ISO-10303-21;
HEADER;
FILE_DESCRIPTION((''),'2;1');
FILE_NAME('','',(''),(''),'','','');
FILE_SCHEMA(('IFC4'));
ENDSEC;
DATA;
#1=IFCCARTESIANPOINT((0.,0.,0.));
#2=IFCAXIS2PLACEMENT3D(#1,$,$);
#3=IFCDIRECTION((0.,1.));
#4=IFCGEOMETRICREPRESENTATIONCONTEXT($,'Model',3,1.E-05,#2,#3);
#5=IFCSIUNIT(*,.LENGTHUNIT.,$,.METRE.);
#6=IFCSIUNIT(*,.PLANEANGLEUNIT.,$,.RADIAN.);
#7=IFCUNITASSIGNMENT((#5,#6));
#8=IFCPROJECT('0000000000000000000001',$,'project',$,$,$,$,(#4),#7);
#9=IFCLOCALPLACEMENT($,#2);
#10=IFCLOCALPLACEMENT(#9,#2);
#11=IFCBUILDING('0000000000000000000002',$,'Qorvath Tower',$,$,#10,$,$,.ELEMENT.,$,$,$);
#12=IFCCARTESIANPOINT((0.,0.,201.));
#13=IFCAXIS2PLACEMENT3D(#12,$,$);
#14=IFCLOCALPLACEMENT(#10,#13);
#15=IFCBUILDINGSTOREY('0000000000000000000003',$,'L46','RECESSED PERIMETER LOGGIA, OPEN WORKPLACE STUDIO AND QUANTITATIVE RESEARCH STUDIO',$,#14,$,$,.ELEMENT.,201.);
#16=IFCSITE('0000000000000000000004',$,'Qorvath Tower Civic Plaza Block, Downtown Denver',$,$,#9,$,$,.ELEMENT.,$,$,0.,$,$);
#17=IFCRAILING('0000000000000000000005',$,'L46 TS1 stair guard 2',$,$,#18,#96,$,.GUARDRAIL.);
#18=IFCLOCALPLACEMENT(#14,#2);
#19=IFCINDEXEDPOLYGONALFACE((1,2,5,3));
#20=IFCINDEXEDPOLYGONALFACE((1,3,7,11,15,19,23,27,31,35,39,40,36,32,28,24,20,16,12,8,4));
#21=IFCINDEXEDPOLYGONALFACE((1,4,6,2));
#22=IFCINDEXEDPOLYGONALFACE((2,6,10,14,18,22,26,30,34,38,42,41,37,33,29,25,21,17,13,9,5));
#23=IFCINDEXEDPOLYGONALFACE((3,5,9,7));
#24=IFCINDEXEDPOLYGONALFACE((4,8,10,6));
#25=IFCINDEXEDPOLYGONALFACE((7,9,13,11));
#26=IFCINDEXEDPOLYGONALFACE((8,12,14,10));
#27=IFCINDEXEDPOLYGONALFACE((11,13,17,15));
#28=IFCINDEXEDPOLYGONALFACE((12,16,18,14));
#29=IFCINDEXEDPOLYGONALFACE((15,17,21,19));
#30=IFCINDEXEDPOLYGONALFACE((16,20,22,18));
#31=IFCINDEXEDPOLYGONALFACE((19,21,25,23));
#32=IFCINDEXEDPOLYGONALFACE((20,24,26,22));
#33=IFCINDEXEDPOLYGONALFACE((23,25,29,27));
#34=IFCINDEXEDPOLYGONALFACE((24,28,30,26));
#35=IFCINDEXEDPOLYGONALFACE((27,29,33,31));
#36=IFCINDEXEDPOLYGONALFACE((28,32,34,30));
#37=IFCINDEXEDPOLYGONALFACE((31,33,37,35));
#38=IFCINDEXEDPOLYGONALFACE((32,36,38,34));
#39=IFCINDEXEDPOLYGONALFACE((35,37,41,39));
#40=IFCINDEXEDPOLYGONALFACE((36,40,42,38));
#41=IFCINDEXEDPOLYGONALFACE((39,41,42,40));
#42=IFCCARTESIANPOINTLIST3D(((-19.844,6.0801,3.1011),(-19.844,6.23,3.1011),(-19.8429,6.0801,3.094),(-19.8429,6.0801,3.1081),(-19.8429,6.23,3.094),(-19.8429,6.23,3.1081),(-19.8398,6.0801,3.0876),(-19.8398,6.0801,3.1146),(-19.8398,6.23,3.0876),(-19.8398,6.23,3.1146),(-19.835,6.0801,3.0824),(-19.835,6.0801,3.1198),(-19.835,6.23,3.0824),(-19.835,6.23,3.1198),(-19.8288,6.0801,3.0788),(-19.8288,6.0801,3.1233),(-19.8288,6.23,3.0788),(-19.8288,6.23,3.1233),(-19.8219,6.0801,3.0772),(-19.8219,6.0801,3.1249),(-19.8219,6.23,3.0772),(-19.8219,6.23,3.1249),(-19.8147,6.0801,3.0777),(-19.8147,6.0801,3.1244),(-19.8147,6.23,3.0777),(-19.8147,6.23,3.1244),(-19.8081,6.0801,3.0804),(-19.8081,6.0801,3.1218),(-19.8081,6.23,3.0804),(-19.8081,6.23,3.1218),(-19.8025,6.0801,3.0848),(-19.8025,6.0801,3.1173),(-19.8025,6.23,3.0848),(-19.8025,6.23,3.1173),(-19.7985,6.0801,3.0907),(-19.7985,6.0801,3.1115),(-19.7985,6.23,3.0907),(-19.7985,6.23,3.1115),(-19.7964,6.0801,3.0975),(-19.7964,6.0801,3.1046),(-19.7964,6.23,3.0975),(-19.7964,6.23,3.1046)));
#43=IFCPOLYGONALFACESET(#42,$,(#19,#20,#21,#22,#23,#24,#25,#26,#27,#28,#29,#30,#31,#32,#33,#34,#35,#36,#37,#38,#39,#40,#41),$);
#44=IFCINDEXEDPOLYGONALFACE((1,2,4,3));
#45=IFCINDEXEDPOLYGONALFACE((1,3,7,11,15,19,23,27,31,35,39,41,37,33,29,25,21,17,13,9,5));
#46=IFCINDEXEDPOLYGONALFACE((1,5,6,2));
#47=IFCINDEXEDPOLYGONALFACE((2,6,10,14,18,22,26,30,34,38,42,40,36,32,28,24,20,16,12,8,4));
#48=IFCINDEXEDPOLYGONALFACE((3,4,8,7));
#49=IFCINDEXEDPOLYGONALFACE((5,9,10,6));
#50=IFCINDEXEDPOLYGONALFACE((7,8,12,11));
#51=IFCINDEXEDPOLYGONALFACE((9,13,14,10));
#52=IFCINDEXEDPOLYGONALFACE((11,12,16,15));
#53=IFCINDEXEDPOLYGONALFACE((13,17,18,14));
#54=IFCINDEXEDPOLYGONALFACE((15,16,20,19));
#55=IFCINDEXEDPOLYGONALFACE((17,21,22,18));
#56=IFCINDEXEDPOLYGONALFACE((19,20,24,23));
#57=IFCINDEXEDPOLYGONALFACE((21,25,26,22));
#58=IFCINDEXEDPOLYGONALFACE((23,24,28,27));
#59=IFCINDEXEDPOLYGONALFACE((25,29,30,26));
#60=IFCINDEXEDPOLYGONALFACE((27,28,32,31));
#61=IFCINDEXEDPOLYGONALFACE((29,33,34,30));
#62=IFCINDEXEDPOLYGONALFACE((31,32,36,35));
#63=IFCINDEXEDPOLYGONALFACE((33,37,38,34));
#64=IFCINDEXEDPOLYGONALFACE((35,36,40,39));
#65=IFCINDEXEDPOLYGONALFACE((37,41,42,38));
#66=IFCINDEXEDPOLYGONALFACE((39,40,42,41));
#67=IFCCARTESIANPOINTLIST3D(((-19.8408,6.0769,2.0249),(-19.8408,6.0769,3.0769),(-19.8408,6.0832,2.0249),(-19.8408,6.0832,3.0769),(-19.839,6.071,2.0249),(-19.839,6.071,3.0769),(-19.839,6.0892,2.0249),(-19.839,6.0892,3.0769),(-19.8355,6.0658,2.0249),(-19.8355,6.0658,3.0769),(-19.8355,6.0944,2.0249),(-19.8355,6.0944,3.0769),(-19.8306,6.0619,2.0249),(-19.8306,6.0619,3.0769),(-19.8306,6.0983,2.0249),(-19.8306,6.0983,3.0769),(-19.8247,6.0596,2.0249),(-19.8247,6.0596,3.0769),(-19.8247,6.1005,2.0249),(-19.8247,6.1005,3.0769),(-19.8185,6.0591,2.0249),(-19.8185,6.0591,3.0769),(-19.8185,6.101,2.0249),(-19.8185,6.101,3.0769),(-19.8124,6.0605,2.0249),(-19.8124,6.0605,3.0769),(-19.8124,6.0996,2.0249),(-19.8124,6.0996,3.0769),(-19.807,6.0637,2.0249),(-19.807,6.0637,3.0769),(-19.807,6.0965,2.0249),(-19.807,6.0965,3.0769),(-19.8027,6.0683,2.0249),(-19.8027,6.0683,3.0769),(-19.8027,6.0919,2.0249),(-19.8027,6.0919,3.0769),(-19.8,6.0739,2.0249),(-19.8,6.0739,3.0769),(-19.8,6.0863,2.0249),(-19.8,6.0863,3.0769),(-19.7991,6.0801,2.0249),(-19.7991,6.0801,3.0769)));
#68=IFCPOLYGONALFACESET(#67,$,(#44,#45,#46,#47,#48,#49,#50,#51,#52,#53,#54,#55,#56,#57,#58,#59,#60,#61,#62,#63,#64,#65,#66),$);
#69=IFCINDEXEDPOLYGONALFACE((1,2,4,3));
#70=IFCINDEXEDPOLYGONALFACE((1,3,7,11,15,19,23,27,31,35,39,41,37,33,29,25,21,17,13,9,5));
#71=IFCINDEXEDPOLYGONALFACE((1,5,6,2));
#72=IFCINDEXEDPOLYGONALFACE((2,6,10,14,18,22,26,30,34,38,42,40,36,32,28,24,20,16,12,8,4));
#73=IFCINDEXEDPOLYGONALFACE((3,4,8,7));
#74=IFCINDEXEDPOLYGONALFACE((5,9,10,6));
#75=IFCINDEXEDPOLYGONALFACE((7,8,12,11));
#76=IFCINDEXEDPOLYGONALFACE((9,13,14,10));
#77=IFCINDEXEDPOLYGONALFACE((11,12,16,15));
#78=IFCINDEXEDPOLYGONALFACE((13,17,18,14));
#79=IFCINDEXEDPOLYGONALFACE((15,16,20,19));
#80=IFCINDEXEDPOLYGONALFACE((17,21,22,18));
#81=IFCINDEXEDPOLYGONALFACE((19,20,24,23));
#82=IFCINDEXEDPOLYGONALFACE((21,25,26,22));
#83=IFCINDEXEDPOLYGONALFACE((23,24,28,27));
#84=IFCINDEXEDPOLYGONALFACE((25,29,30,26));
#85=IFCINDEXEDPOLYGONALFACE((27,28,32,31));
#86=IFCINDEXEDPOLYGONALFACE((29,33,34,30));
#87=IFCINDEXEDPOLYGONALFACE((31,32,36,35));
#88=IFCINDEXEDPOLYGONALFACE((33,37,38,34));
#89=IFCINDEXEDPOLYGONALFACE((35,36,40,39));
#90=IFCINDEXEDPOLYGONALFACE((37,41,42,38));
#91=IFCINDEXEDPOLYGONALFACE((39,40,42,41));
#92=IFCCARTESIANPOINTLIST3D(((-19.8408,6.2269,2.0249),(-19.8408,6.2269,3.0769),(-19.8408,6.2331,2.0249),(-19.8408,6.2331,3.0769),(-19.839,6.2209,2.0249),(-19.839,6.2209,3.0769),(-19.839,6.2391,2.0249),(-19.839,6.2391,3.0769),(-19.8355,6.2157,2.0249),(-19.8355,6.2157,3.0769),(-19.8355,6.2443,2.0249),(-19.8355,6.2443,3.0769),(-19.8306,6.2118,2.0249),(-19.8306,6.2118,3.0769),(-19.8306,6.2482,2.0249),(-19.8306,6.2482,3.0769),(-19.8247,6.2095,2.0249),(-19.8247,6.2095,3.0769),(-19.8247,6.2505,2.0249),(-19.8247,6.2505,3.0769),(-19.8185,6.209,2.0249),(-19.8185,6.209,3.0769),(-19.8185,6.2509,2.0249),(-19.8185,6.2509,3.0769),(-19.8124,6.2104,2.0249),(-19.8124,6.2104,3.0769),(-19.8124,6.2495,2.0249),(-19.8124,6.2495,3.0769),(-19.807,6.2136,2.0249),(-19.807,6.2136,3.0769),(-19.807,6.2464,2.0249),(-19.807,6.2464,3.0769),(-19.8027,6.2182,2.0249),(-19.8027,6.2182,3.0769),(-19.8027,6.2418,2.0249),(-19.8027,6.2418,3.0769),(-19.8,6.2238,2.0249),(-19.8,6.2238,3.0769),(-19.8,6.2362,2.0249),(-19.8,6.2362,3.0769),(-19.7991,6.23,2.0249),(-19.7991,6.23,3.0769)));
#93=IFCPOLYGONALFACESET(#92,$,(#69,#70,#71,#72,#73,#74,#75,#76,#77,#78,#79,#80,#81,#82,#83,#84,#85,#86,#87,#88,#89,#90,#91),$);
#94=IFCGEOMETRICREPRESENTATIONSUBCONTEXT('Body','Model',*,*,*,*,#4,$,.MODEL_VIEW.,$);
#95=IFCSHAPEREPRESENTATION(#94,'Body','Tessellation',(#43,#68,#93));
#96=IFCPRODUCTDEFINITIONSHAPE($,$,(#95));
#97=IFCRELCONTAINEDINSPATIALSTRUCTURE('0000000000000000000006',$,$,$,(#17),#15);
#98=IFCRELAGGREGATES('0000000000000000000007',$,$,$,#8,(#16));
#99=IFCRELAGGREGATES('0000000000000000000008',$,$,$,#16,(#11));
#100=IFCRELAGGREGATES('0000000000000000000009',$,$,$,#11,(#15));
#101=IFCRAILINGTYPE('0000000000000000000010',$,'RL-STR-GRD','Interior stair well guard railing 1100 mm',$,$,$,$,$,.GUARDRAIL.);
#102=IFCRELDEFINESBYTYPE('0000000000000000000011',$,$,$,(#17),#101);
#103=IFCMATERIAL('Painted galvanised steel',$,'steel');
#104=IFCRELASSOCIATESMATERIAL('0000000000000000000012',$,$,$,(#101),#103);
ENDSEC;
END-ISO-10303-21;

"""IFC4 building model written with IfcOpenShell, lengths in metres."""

from ifc_helpers import new_model, si_unit, direction, frame, origin, origin_2d, place, context, subcontext, project, spatial, circle, extrude, material, type_object, element, save


model = new_model("IFC4")

# Units and contexts
model_context = context("Model", 3, precision=1e-05, world=origin(), true_north=direction((0.0, 1.0)))
body_context = subcontext(model_context, "Body", "Model", "MODEL_VIEW")
ifc_project = project(units=[si_unit("LENGTHUNIT", "METRE"), si_unit("PLANEANGLEUNIT", "RADIAN")], contexts=[model_context])

# Site, building, storey
site_placement = place(None, origin())
site = spatial("IfcSite", under=ifc_project, at=site_placement, Name="Qorvath Tower Civic Plaza Block, Downtown Denver", CompositionType="ELEMENT", RefElevation=0.0)
building_placement = place(site_placement, origin())
building = spatial("IfcBuilding", under=site, at=building_placement, Name="Qorvath Tower", CompositionType="ELEMENT")
storey_placement = place(building_placement, frame((0.0, 0.0, 201.0)))
storey = spatial("IfcBuildingStorey", under=building, at=storey_placement, Name="L46", Description="RECESSED PERIMETER LOGGIA, OPEN WORKPLACE STUDIO AND QUANTITATIVE RESEARCH STUDIO", CompositionType="ELEMENT", Elevation=201.0)

# Railing
ifc_material_1 = material(Name="Painted galvanised steel", Category="steel")
railing_type = type_object("IfcRailingType", Name="RL-STR-GRD", Description="Interior stair well guard railing 1100 mm", PredefinedType="GUARDRAIL", material=ifc_material_1)
railing_1_placement = place(storey_placement, frame((-19.8201, 6.0801, 2.0249)))
element("IfcRailing", 1, at=railing_1_placement, inside=storey, type_object=railing_type, Name="L46 TS1 stair guard 2", PredefinedType="GUARDRAIL", context=body_context, shape_type="SweptSolid", body=[
    extrude(circle(Radius=0.0239, at=origin_2d()), frame((0.0, 0.0, 1.0762), z_axis=(0.0, 1.0, 0.0), x_axis=(-1.0, 0.0, 0.0)), (0.0, 0.0, 1.0), 0.1499),
    extrude(circle(Radius=0.021, at=origin_2d()), origin(), (0.0, 0.0, 1.0), 1.052),
    extrude(circle(Radius=0.021, at=origin_2d()), frame((0.0, 0.1499, 0.0)), (0.0, 0.0, 1.0), 1.052),
])

save(model, "model.ifc")
